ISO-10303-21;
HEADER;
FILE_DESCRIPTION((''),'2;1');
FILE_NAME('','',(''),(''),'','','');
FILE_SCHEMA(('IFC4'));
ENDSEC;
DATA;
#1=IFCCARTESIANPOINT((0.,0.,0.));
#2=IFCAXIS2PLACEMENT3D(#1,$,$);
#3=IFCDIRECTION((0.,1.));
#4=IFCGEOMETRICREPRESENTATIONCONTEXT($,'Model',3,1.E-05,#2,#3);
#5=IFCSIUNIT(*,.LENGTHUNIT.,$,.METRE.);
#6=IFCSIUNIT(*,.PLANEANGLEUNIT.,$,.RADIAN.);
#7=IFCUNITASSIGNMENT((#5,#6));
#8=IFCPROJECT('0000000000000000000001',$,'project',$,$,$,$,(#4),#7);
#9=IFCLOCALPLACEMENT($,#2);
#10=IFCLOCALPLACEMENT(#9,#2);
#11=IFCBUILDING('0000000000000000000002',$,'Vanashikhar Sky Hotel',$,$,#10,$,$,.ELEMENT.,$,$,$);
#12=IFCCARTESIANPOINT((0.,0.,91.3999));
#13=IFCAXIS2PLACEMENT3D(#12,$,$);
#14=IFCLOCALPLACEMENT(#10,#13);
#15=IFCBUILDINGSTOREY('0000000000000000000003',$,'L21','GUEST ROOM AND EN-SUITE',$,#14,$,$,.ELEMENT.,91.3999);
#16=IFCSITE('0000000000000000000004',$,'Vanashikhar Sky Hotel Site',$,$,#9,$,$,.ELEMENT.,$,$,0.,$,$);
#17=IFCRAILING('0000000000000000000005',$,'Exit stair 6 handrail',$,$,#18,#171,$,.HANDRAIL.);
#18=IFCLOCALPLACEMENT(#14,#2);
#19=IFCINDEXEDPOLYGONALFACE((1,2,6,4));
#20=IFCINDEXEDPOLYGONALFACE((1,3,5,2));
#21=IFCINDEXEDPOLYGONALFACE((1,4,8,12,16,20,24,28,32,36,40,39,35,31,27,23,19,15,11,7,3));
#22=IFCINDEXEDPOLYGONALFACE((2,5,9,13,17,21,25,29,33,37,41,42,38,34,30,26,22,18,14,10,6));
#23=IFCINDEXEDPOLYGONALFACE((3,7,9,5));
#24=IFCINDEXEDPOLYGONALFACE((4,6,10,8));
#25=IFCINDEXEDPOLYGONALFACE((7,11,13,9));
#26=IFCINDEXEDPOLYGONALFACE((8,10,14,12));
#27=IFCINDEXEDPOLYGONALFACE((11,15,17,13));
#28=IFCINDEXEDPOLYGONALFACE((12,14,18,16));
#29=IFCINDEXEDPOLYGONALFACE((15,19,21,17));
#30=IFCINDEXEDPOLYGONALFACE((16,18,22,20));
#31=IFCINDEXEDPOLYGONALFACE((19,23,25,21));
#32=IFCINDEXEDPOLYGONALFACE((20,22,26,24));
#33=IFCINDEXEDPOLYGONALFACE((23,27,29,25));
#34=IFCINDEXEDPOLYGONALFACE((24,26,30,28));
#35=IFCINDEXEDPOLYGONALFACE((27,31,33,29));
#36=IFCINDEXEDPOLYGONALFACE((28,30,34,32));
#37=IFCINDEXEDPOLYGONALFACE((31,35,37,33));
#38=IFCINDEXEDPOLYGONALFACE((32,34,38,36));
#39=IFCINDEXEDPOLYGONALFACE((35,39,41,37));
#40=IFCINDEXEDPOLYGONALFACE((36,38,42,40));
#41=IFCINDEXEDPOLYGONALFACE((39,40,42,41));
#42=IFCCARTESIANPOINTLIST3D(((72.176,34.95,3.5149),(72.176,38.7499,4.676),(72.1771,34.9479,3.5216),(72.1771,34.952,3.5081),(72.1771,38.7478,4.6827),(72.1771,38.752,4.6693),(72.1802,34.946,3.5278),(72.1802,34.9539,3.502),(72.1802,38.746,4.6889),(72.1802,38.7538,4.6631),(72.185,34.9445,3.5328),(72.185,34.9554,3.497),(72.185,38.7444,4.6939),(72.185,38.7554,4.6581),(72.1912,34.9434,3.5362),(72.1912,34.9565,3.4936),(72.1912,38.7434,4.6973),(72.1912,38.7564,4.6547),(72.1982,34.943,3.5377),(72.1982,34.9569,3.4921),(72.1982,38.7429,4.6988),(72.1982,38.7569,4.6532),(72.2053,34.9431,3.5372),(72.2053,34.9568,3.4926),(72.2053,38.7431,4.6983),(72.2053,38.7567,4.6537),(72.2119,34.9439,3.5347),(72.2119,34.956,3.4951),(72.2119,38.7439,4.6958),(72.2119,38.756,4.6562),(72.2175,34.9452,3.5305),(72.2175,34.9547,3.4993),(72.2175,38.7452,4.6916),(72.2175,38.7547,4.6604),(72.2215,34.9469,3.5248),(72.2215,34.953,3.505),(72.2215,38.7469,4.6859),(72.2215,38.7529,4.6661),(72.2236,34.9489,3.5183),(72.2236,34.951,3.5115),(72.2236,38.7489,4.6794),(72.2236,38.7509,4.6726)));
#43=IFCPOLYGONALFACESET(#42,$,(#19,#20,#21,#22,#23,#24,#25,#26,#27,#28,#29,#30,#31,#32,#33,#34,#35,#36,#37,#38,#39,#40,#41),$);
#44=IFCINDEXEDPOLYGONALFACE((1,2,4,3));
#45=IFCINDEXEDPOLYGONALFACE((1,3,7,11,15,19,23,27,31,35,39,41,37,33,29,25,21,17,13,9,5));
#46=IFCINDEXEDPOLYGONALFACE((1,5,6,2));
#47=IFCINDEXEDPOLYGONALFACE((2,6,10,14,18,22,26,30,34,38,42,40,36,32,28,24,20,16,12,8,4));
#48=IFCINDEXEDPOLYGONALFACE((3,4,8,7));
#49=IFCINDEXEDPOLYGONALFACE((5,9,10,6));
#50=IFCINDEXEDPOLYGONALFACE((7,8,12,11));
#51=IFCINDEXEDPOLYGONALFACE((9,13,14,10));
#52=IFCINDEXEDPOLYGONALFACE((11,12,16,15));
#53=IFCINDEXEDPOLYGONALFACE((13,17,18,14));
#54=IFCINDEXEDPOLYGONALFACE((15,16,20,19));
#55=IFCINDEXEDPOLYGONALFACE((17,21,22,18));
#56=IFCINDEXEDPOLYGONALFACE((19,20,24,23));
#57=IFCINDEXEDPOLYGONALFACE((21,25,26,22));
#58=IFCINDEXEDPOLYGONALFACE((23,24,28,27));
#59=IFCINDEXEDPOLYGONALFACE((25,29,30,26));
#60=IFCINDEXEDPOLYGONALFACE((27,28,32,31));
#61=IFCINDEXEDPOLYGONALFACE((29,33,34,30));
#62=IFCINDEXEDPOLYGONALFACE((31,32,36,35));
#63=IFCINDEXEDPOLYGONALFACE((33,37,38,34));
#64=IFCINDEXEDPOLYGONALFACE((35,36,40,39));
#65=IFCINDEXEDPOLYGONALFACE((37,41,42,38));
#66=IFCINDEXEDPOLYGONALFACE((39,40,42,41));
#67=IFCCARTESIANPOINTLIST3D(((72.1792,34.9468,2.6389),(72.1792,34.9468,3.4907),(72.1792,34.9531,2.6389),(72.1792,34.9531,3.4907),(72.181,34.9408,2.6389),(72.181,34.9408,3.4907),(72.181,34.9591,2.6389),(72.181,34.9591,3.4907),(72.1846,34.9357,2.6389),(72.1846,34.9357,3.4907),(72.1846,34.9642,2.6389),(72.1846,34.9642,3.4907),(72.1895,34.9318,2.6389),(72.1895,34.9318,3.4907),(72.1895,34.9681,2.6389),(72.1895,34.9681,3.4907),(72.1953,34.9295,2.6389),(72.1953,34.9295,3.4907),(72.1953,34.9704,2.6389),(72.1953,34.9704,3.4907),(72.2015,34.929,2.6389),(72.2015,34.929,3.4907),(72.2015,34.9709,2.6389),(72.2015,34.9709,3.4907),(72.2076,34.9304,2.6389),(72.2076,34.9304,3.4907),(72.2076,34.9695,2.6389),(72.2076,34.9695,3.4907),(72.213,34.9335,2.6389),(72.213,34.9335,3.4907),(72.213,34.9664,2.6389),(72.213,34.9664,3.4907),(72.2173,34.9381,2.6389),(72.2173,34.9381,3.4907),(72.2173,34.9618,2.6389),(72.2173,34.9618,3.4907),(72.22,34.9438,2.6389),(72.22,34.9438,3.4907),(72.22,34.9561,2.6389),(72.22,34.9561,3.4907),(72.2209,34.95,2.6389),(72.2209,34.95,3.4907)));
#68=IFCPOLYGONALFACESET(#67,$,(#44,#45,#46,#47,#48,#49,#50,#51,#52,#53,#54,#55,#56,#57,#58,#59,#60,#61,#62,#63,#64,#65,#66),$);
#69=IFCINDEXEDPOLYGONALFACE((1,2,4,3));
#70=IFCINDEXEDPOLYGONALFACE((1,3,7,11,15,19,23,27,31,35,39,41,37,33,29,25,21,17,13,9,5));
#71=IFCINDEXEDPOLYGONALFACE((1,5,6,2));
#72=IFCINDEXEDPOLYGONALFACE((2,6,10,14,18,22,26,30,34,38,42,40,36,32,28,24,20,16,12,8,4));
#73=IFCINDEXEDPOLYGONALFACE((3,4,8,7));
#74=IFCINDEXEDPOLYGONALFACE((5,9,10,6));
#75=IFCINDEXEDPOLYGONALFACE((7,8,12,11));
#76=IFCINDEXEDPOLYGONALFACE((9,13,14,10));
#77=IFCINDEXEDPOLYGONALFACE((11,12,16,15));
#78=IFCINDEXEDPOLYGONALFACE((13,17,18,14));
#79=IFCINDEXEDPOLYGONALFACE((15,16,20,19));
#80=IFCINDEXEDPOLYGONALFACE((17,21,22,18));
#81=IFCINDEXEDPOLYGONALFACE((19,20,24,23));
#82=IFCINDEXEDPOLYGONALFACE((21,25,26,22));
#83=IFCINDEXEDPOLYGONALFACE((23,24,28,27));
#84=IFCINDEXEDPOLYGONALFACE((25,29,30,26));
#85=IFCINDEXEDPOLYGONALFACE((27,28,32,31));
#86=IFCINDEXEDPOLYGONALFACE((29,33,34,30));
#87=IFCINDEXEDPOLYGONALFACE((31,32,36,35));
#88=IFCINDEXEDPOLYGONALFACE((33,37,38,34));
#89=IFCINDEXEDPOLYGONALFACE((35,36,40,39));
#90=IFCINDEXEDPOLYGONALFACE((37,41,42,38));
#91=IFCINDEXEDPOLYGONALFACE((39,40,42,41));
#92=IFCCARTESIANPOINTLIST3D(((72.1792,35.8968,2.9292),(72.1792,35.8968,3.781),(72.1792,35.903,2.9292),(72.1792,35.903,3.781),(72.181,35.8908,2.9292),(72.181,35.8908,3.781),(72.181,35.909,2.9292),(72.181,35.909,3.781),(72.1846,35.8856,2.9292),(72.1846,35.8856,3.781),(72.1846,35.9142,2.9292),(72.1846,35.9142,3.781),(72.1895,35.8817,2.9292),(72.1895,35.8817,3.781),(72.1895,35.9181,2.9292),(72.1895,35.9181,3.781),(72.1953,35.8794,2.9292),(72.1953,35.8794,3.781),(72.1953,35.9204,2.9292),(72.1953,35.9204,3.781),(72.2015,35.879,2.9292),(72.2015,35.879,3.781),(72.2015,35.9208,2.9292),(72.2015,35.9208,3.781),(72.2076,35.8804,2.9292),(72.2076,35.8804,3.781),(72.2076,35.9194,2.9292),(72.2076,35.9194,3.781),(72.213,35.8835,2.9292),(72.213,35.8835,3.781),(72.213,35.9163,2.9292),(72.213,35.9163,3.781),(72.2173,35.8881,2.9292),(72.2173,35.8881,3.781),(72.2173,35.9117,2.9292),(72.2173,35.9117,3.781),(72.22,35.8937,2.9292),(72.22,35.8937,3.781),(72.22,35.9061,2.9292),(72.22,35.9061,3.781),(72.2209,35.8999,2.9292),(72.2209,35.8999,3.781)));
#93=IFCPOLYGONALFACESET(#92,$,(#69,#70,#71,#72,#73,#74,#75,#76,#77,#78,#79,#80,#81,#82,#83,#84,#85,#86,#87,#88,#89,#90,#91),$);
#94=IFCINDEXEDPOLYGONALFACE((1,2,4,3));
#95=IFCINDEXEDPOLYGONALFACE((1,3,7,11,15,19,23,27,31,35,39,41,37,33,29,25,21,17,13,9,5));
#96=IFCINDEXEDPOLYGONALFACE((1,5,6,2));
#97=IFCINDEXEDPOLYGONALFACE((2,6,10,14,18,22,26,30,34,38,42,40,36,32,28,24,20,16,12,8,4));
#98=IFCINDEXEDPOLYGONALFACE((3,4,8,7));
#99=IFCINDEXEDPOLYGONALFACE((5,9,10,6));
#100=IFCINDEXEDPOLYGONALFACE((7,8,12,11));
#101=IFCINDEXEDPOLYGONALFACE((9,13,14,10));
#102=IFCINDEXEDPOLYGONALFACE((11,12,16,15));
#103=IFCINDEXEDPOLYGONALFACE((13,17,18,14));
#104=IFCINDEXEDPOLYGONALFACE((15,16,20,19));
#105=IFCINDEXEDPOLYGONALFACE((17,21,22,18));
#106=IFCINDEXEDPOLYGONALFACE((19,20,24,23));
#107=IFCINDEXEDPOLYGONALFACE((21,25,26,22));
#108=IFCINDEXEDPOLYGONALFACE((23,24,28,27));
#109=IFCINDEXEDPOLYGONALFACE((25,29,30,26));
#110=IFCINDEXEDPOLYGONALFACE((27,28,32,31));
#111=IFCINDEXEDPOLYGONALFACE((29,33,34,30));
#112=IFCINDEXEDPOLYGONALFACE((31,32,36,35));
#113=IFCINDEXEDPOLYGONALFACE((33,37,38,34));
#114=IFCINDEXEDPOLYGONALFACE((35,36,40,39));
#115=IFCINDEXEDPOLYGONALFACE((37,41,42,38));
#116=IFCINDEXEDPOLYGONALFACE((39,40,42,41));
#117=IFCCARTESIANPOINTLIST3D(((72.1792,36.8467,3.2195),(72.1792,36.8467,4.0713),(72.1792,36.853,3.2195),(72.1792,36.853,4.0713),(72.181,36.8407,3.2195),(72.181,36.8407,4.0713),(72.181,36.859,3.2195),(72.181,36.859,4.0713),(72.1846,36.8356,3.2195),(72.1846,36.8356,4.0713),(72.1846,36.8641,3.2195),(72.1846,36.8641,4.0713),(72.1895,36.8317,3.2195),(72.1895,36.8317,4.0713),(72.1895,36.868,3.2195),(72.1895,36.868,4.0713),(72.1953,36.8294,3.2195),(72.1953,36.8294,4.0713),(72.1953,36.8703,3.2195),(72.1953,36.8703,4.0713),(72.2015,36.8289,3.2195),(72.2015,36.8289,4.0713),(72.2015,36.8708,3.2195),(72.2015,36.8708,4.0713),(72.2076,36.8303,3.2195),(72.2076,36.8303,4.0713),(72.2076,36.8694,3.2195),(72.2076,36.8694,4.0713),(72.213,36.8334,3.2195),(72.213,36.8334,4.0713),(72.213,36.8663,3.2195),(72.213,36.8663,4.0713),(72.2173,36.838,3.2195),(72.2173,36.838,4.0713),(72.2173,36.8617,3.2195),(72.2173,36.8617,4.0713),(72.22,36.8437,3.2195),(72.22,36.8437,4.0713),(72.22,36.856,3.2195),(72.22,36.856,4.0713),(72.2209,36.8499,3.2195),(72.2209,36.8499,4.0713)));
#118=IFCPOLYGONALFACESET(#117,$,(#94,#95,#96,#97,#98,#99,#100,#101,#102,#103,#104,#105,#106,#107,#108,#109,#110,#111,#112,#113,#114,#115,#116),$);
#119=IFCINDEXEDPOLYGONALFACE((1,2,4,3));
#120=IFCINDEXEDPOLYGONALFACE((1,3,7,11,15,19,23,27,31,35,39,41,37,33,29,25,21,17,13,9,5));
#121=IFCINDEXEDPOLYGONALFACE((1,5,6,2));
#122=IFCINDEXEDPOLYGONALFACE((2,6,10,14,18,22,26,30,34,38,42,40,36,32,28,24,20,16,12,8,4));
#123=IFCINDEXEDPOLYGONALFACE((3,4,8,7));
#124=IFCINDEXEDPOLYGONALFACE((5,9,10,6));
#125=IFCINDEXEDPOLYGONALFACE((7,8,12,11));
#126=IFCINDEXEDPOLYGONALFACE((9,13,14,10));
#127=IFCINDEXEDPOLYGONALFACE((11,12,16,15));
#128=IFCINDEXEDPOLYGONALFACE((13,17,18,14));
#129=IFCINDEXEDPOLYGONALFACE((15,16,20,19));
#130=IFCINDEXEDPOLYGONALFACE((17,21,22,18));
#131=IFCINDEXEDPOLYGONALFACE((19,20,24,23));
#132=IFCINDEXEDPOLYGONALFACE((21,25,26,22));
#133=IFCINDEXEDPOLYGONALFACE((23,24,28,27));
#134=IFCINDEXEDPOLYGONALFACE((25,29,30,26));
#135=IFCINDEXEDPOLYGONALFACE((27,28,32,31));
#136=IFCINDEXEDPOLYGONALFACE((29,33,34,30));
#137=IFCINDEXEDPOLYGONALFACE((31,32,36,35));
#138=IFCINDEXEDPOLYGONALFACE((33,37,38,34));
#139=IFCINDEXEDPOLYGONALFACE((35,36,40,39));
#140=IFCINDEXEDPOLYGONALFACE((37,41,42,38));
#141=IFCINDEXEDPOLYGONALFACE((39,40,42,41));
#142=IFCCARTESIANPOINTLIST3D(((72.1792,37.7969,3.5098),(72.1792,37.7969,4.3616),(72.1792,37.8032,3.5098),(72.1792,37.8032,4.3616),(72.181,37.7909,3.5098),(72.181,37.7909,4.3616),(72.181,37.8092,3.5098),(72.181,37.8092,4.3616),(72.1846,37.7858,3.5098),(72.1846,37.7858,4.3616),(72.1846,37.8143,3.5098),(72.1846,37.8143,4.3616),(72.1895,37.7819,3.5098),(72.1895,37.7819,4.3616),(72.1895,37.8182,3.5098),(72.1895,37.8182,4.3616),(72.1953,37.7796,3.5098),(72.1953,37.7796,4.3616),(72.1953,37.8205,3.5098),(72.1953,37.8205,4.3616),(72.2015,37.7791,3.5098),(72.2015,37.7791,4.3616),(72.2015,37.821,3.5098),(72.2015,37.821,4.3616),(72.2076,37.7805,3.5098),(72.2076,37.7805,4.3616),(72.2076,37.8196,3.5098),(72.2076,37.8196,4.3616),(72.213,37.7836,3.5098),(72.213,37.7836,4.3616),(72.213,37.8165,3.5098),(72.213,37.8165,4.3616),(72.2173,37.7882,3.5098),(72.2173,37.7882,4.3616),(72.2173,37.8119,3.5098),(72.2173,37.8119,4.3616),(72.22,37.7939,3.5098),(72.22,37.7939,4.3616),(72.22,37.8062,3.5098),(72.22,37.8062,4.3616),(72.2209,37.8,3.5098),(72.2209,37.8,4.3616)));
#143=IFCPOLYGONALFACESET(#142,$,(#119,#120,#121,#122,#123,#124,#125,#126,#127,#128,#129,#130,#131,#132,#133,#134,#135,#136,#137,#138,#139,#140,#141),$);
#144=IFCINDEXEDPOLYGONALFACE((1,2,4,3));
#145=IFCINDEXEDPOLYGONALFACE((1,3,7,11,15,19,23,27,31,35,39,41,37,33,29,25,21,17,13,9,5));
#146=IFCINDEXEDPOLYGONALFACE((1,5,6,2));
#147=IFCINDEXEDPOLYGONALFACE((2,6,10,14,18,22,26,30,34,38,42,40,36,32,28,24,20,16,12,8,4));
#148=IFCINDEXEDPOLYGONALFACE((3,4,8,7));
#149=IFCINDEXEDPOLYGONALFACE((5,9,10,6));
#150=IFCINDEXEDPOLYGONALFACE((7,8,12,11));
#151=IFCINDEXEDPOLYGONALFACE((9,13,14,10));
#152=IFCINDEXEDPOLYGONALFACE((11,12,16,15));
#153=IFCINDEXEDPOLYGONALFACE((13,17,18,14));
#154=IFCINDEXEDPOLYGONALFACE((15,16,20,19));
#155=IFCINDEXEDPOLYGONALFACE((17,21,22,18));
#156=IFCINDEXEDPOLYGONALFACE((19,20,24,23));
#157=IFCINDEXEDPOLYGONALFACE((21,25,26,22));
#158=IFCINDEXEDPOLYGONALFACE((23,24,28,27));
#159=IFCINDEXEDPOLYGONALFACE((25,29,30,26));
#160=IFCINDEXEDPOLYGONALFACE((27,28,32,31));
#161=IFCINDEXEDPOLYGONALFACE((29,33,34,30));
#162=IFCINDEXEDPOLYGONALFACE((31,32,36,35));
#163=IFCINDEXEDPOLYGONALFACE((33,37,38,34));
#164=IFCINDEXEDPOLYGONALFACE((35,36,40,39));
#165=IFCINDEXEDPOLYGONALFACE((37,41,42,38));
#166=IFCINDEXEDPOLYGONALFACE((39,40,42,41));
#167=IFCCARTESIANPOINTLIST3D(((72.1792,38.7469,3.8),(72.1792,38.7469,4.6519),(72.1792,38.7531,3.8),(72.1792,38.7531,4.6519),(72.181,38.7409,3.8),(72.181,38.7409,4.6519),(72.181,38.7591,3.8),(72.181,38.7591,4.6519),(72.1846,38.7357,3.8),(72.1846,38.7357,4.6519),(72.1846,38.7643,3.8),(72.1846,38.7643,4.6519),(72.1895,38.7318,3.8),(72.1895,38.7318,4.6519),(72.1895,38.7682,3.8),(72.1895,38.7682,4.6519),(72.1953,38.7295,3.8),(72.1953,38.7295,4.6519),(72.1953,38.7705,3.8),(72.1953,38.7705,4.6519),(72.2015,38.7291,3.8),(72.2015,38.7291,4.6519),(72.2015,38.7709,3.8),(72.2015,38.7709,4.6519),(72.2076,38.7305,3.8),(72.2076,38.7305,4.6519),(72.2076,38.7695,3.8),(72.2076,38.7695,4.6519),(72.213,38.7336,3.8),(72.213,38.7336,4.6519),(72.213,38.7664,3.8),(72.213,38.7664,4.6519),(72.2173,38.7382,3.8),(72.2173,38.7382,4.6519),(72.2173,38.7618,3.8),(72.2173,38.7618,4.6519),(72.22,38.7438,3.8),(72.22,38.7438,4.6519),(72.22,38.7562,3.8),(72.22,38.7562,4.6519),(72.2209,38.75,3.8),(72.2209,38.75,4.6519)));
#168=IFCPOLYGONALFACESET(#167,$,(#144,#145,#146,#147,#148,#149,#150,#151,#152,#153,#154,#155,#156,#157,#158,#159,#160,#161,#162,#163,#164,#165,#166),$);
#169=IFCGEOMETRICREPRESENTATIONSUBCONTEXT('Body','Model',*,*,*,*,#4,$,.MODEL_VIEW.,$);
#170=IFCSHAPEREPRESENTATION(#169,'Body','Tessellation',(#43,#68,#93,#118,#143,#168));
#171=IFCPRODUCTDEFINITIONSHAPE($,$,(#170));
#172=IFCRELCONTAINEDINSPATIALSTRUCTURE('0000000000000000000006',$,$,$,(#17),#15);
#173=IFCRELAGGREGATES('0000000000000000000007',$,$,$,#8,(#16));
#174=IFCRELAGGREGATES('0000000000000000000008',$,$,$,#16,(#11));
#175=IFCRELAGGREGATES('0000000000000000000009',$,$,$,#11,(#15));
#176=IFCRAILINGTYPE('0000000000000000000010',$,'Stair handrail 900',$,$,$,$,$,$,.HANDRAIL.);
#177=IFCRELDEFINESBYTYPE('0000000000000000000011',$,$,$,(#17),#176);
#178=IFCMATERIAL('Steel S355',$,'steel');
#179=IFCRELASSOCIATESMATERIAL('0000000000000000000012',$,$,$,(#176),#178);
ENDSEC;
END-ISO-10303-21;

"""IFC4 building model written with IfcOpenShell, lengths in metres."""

from ifc_helpers import new_model, si_unit, direction, frame, origin, origin_2d, place, context, subcontext, project, spatial, circle, extrude, source, transform, mapped, material, type_object, element, save


model = new_model("IFC4")

# Units and contexts
model_context = context("Model", 3, precision=1e-05, world=origin(), true_north=direction((0.0, 1.0)))
body_context = subcontext(model_context, "Body", "Model", "MODEL_VIEW")
ifc_project = project(units=[si_unit("LENGTHUNIT", "METRE"), si_unit("PLANEANGLEUNIT", "RADIAN")], contexts=[model_context])

# Site, building, storey
site_placement = place(None, origin())
site = spatial("IfcSite", under=ifc_project, at=site_placement, Name="Vanashikhar Sky Hotel Site", CompositionType="ELEMENT", RefElevation=0.0)
building_placement = place(site_placement, origin())
building = spatial("IfcBuilding", under=site, at=building_placement, Name="Vanashikhar Sky Hotel", CompositionType="ELEMENT")
storey_placement = place(building_placement, frame((0.0, 0.0, 91.3999)))
storey = spatial("IfcBuildingStorey", under=building, at=storey_placement, Name="L21", Description="GUEST ROOM AND EN-SUITE", CompositionType="ELEMENT", Elevation=91.3999)

# Railing
ifc_material_1 = material(Name="Steel S355", Category="steel")
railing_type_1 = type_object("IfcRailingType", Name="Stair handrail 900", PredefinedType="HANDRAIL", material=ifc_material_1)
shared_shape_1 = source(origin(), body_context, "Body", "SweptSolid", [
    extrude(circle(Radius=0.0239, at=origin_2d()), frame((0.0, 0.0, 0.876), z_axis=(0.0, 0.956351, 0.29222), x_axis=(-1.0, 0.0, 0.0)), (0.0, 0.0, 1.0), 3.9734),
    extrude(circle(Radius=0.021, at=origin_2d()), origin(), (0.0, 0.0, 1.0), 0.8518),
    extrude(circle(Radius=0.021, at=origin_2d()), frame((0.0, 0.95, 0.2903)), (0.0, 0.0, 1.0), 0.8518),
    extrude(circle(Radius=0.021, at=origin_2d()), frame((0.0, 1.8999, 0.5806)), (0.0, 0.0, 1.0), 0.8518),
    extrude(circle(Radius=0.021, at=origin_2d()), frame((0.0, 2.8501, 0.8708)), (0.0, 0.0, 1.0), 0.8518),
    extrude(circle(Radius=0.021, at=origin_2d()), frame((0.0, 3.8, 1.1611)), (0.0, 0.0, 1.0), 0.8518),
])
for number, where, name in (
    (1, (72.2, 34.95, 2.6389), "Exit stair 6 handrail"),
):
    element("IfcRailing", number, at=place(storey_placement, frame(where)), inside=storey, type_object=railing_type_1, Name=name, PredefinedType="HANDRAIL", context=body_context, shape_type="MappedRepresentation", body=[
        mapped(shared_shape_1, transform((0.0, 0.0, 0.0), scale=1.0)),
    ])

save(model, "model.ifc")
